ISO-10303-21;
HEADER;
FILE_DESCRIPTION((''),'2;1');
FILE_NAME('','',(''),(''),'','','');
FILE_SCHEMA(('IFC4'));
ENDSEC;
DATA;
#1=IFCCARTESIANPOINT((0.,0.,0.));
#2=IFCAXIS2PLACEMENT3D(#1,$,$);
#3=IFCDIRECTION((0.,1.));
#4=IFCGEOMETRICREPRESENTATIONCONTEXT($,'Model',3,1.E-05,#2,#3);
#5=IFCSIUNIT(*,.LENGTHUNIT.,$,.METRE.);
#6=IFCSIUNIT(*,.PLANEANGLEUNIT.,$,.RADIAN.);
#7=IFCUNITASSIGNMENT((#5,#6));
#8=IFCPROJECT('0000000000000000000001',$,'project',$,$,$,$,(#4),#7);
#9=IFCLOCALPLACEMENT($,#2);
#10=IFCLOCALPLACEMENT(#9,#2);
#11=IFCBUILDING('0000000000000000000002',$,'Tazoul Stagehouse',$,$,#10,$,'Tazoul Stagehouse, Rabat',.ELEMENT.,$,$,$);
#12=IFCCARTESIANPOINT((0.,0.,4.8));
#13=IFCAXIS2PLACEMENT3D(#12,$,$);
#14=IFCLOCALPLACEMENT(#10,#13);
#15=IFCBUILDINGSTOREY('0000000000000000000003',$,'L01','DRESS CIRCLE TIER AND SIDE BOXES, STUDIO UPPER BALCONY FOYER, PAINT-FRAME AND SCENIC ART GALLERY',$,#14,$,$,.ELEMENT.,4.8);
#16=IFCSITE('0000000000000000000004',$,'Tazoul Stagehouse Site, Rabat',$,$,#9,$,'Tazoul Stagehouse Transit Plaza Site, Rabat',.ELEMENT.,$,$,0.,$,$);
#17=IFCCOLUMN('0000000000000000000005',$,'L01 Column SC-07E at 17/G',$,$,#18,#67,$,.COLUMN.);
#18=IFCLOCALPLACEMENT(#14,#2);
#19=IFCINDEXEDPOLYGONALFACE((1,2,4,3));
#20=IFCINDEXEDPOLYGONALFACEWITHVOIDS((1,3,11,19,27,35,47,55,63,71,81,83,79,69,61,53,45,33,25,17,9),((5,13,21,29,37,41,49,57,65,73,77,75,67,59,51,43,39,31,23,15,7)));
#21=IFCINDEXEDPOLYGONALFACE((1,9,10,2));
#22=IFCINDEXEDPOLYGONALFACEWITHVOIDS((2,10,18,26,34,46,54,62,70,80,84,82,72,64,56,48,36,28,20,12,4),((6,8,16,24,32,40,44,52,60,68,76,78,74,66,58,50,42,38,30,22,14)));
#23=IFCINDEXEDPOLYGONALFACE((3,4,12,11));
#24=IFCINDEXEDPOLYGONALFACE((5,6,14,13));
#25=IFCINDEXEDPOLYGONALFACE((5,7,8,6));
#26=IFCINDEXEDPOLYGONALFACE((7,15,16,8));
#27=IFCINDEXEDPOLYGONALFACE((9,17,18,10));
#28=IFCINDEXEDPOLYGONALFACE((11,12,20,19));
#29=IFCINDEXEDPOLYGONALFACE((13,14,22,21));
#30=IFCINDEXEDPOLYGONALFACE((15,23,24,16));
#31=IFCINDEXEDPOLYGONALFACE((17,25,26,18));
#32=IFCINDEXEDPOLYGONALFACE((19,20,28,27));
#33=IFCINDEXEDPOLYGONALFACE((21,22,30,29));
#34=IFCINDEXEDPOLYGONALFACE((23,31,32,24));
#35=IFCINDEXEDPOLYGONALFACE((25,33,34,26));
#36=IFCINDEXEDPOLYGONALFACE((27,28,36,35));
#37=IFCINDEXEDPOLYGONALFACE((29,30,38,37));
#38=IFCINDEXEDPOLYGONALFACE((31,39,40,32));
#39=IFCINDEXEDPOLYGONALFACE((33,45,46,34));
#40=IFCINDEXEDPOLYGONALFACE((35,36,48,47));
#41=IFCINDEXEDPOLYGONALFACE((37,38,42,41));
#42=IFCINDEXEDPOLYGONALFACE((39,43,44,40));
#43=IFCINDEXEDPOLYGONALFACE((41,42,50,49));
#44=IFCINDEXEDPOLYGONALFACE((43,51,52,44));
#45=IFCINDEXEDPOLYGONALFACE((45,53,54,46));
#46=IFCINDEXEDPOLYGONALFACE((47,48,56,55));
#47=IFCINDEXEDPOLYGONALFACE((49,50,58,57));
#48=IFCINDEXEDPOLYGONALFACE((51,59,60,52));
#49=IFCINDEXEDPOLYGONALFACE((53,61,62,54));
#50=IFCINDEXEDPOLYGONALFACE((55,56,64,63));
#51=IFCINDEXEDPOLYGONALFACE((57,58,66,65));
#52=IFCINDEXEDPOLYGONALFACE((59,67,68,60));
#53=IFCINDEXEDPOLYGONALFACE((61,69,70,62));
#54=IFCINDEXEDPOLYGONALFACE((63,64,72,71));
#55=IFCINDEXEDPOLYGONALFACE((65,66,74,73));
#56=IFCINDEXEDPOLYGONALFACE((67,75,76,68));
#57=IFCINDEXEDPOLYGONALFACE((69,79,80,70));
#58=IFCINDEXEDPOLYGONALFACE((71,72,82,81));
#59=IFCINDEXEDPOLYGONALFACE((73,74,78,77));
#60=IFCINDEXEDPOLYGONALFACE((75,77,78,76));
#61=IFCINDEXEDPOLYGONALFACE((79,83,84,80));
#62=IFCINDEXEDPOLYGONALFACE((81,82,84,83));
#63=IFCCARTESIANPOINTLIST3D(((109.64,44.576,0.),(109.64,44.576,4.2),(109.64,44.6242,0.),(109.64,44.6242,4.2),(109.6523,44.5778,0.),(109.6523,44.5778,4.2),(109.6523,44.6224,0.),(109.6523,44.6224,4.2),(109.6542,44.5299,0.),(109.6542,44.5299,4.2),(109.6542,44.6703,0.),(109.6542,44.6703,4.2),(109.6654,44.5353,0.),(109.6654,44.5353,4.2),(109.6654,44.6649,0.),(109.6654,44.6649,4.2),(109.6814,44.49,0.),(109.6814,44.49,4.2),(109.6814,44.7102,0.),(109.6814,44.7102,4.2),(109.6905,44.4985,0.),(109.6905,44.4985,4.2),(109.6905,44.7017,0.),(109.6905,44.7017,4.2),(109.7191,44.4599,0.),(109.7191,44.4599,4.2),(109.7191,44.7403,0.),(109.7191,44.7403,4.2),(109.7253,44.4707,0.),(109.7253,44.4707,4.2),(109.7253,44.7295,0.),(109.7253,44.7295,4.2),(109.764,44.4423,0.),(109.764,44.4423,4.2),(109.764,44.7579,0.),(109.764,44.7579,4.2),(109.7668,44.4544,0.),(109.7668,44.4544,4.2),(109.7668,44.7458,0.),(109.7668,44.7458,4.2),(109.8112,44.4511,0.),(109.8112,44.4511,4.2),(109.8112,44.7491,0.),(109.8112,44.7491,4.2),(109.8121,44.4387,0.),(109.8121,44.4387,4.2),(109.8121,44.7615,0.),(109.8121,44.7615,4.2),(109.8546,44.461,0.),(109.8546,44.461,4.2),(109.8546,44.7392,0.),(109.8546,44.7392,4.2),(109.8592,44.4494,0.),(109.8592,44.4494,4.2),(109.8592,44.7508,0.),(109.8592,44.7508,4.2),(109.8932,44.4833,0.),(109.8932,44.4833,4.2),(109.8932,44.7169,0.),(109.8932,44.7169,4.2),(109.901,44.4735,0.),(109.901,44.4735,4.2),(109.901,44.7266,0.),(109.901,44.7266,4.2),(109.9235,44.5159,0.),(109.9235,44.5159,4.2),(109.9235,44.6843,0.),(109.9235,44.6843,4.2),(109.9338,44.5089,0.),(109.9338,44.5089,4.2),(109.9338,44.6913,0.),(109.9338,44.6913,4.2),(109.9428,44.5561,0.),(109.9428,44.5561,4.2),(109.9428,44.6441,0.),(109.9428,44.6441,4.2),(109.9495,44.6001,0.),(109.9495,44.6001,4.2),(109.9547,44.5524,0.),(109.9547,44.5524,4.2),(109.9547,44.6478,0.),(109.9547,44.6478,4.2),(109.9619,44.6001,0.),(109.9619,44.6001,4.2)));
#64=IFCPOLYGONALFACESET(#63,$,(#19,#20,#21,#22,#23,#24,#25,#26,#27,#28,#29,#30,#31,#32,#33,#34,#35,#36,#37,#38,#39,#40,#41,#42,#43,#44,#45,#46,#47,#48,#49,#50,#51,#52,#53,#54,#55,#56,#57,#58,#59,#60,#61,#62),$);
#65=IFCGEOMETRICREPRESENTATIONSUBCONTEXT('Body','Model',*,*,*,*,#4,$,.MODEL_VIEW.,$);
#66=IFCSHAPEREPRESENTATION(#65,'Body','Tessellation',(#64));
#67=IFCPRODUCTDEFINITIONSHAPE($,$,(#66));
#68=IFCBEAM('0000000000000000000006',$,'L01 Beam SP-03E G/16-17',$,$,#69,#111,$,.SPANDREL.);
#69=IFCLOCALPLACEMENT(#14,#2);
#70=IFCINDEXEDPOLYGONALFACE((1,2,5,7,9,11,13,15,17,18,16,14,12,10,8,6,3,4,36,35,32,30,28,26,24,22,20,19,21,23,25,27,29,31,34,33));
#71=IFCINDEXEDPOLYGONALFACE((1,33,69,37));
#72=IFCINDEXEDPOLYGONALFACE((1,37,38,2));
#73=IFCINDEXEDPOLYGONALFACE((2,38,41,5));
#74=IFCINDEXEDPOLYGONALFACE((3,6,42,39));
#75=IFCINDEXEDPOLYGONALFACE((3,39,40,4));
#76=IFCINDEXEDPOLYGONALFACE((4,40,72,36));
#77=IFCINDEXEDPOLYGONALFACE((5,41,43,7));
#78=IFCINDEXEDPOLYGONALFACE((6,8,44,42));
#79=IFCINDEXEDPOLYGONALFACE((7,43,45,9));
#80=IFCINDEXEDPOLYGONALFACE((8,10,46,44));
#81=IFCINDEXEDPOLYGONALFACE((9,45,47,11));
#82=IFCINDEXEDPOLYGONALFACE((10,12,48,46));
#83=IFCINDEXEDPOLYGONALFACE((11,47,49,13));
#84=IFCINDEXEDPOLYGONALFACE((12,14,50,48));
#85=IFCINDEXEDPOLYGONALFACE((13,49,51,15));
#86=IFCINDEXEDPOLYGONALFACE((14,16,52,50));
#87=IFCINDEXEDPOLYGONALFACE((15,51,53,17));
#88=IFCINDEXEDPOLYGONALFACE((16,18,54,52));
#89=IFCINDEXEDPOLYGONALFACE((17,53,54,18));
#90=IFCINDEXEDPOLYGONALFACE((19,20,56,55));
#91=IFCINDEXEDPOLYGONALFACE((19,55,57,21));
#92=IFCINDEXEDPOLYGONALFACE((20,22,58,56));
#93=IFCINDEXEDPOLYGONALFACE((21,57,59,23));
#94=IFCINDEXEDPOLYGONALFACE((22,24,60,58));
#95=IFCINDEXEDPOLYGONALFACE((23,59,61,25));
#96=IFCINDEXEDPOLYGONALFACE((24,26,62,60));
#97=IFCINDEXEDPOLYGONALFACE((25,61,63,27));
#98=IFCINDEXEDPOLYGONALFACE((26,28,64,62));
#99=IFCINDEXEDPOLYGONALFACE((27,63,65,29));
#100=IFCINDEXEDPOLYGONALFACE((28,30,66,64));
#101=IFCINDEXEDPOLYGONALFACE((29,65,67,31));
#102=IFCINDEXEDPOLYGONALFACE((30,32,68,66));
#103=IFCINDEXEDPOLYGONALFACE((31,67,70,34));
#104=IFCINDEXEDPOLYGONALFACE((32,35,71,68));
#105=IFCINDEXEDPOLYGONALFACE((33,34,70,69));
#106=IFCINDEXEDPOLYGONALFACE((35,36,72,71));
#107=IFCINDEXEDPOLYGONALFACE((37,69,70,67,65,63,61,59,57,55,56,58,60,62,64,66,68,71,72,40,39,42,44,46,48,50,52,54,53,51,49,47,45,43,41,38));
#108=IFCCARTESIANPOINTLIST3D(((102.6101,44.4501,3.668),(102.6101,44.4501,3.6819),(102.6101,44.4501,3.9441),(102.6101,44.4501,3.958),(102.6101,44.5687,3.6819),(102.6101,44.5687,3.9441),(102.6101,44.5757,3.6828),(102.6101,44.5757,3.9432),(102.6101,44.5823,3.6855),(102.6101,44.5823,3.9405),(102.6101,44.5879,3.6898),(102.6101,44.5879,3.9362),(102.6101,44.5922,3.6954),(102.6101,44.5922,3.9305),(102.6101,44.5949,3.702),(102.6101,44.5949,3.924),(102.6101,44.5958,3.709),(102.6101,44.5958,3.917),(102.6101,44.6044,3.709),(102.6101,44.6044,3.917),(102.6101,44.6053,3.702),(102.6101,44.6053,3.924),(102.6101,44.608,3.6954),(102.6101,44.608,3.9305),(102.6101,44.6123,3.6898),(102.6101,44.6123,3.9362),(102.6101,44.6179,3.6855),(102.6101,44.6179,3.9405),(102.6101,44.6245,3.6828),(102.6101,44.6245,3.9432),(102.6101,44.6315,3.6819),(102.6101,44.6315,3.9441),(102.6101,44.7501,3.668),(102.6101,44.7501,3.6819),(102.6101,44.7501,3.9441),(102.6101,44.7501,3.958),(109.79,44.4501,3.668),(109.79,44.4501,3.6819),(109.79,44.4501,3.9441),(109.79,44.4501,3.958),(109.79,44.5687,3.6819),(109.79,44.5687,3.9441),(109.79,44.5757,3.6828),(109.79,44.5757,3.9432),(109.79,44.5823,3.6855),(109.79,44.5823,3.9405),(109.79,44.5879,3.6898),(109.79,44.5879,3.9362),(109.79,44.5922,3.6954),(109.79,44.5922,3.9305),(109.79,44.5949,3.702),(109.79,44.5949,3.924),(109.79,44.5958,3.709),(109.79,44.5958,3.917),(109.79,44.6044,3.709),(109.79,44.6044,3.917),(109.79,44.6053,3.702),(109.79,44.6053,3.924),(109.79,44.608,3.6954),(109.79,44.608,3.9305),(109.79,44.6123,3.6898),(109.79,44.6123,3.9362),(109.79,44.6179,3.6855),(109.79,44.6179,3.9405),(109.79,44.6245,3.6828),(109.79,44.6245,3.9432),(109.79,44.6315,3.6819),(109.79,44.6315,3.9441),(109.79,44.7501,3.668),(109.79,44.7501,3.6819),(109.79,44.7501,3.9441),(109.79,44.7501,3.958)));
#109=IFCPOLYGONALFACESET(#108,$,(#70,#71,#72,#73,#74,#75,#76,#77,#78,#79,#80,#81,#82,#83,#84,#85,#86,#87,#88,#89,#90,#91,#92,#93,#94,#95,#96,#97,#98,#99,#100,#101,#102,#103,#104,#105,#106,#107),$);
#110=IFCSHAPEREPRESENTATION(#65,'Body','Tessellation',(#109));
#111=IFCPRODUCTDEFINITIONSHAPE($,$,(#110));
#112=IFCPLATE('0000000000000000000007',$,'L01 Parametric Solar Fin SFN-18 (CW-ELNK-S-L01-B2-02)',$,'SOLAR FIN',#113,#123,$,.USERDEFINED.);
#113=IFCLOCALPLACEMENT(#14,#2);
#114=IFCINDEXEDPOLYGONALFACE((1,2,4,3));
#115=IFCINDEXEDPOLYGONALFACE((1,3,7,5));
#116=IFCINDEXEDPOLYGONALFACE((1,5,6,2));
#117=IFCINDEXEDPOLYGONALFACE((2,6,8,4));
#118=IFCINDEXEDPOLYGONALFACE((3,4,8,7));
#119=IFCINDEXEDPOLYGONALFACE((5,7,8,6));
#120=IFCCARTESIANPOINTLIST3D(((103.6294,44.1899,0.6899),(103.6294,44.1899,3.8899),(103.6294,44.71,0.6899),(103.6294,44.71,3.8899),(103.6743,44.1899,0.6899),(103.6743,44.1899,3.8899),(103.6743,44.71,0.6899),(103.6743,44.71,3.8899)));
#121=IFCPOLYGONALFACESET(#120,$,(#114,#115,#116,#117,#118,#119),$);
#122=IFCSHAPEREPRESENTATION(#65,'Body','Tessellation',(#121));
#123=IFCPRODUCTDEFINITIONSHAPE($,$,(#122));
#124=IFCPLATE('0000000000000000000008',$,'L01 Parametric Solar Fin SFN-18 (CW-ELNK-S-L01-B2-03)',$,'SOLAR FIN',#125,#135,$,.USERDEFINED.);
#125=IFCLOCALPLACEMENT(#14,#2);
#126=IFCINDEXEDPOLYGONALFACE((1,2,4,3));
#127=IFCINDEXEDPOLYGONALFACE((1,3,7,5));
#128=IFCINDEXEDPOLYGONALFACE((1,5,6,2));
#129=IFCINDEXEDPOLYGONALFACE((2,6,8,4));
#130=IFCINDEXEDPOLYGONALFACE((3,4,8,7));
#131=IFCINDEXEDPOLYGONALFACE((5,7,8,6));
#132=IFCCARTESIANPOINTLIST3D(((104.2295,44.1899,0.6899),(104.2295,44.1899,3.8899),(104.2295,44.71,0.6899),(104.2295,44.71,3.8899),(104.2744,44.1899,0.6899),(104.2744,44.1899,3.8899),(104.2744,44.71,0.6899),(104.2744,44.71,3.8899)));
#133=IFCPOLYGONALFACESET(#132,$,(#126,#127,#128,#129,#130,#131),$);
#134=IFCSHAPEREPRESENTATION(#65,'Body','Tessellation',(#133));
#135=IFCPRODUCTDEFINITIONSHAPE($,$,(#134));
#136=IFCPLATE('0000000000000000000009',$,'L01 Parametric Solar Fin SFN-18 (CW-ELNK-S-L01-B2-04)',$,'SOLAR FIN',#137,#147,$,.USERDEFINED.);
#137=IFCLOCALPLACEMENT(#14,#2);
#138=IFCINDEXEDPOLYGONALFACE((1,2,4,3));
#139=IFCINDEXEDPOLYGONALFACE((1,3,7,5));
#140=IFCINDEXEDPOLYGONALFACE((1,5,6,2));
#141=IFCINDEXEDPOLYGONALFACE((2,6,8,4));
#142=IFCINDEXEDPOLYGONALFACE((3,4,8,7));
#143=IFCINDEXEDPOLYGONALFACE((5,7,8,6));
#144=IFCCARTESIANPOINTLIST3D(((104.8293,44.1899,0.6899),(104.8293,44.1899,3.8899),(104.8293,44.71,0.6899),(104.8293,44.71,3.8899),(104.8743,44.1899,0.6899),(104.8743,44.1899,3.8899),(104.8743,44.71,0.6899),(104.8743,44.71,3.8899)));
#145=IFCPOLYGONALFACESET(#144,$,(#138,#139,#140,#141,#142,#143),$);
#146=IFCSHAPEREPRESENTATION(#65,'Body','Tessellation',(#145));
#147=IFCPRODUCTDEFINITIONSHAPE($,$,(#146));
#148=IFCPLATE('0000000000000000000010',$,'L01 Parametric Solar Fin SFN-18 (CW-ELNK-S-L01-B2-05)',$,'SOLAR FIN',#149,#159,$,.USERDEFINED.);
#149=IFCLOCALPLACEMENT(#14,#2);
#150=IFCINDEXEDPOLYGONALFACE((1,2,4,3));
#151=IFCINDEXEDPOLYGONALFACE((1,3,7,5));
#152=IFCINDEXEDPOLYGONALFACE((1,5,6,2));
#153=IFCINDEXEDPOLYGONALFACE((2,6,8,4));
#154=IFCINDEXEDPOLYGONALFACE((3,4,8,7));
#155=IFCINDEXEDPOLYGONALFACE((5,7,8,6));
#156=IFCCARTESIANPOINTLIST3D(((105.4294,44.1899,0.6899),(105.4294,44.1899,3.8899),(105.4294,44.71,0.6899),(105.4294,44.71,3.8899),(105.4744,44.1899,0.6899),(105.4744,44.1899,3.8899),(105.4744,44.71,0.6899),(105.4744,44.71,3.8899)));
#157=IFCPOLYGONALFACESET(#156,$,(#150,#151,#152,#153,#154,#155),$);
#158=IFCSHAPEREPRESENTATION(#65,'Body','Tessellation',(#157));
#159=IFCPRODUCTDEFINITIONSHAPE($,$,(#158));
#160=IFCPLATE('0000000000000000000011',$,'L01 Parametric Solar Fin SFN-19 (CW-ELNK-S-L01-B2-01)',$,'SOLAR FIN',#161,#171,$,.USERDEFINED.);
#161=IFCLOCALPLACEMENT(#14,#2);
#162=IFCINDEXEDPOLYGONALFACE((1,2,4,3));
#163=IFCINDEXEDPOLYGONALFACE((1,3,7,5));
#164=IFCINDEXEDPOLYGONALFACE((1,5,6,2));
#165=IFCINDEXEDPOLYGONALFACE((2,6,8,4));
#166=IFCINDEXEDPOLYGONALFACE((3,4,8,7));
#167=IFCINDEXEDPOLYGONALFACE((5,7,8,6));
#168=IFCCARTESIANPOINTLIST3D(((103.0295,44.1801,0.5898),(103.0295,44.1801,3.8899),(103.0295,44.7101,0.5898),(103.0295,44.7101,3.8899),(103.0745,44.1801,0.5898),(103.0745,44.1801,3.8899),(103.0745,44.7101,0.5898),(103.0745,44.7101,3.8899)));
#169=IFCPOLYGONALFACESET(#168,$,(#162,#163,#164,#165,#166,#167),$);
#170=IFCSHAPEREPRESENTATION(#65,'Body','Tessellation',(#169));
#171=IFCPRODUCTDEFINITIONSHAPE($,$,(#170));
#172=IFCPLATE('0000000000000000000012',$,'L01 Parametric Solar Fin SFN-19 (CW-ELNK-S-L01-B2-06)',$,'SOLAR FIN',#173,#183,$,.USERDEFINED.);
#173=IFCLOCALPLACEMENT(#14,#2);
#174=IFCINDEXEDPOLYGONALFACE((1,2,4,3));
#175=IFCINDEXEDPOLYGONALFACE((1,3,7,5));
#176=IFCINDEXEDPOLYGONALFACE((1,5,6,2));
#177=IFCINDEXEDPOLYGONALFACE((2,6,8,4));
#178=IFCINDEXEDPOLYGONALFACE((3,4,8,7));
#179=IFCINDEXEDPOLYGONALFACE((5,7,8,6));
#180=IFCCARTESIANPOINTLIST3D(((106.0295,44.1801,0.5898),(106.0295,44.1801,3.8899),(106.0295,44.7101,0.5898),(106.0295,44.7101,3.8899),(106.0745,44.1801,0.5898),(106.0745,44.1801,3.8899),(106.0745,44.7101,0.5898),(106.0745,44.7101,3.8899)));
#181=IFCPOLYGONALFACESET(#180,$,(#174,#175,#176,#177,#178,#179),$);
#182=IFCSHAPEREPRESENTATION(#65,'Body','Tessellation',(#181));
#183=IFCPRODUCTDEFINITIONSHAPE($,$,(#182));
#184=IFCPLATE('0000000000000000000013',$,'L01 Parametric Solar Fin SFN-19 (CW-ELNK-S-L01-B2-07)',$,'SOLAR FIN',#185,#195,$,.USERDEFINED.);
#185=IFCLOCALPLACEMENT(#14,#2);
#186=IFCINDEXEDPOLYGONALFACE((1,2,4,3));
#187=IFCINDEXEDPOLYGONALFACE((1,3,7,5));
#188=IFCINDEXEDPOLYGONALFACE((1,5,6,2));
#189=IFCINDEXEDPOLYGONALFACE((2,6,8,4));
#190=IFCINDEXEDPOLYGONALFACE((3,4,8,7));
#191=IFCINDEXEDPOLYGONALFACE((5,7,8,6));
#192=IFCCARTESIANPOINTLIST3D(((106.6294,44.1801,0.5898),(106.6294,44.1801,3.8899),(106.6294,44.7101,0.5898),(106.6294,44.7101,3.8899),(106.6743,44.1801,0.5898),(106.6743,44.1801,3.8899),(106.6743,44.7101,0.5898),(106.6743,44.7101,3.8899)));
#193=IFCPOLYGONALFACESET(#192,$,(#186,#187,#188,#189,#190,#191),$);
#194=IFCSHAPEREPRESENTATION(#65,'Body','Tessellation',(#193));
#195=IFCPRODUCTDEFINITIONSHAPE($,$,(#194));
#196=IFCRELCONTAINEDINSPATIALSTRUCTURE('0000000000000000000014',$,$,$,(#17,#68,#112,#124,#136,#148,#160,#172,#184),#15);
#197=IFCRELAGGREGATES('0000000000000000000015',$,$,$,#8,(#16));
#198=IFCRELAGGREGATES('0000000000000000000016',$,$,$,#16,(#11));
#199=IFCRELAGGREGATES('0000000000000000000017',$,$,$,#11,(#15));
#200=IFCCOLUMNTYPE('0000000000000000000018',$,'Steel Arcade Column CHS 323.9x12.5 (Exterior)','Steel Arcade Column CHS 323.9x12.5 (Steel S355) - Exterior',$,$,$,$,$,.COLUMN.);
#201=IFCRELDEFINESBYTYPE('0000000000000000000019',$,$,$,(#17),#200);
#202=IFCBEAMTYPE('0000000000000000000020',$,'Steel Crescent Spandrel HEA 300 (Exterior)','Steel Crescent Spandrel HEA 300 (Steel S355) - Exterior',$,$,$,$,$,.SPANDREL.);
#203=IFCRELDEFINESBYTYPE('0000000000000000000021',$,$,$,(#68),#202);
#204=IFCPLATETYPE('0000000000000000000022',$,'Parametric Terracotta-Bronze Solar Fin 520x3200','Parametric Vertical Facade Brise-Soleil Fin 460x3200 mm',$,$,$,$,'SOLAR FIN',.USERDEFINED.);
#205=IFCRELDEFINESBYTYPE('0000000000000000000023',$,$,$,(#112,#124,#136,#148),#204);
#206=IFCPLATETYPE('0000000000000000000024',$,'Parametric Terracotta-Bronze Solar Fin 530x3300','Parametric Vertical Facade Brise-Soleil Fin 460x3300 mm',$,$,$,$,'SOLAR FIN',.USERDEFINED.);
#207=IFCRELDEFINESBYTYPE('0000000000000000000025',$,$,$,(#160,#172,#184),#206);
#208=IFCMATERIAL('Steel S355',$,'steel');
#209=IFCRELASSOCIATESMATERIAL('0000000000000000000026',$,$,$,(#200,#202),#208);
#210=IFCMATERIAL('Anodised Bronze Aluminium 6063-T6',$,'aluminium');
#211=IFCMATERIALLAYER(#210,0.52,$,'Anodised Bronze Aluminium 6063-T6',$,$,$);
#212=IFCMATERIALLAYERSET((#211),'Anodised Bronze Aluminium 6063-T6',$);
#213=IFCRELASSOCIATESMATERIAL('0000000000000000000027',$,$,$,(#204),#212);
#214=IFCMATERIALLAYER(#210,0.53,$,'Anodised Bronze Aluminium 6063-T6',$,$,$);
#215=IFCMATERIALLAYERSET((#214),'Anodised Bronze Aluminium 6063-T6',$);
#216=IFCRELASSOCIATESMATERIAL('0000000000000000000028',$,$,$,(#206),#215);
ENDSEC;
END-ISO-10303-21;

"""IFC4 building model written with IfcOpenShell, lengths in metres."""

from ifc_helpers import new_model, si_unit, direction, frame, origin, origin_2d, place, context, subcontext, project, spatial, rectangle, hollow_circle, i_section, extrude, material, layer, layer_set, material_profile, profile_set, type_object, element, save


model = new_model("IFC4")

# Units and contexts
model_context = context("Model", 3, precision=1e-05, world=origin(), true_north=direction((0.0, 1.0)))
body_context = subcontext(model_context, "Body", "Model", "MODEL_VIEW")
ifc_project = project(units=[si_unit("LENGTHUNIT", "METRE"), si_unit("PLANEANGLEUNIT", "RADIAN")], contexts=[model_context])

# Site, building, storey
site_placement = place(None, origin())
site = spatial("IfcSite", under=ifc_project, at=site_placement, Name="Tazoul Stagehouse Site, Rabat", LongName="Tazoul Stagehouse Transit Plaza Site, Rabat", CompositionType="ELEMENT", RefElevation=0.0)
building_placement = place(site_placement, origin())
building = spatial("IfcBuilding", under=site, at=building_placement, Name="Tazoul Stagehouse", LongName="Tazoul Stagehouse, Rabat", CompositionType="ELEMENT")
storey_placement = place(building_placement, frame((0.0, 0.0, 4.8)))
storey = spatial("IfcBuildingStorey", under=building, at=storey_placement, Name="L01", Description="DRESS CIRCLE TIER AND SIDE BOXES, STUDIO UPPER BALCONY FOYER, PAINT-FRAME AND SCENIC ART GALLERY", CompositionType="ELEMENT", Elevation=4.8)

# Column
ifc_material_1 = material(Name="Steel S355", Category="steel")
ifc_material_profile_1 = material_profile(ifc_material_1, hollow_circle(Radius=0.1619, WallThickness=0.0125, at=origin_2d()), Name="CHS 323.9x12.5")
ifc_profile_set_1 = profile_set([ifc_material_profile_1], Name="Steel S355")
column_type = type_object("IfcColumnType", Name="Steel Arcade Column CHS 323.9x12.5 (Exterior)", Description="Steel Arcade Column CHS 323.9x12.5 (Steel S355) - Exterior", PredefinedType="COLUMN", material=ifc_profile_set_1)
column_placement = place(storey_placement, frame((109.8, 44.6001, 0.0), z_axis=(0.0, 0.0, 1.0), x_axis=(1.0, 0.0, 0.0)))
element("IfcColumn", 1, at=column_placement, inside=storey, type_object=column_type, Name="L01 Column SC-07E at 17/G", PredefinedType="COLUMN", context=body_context, shape_type="SweptSolid", body=[
    extrude(hollow_circle(Radius=0.1619, WallThickness=0.0125, at=origin_2d()), origin(), (0.0, 0.0, 1.0), 4.2),
])

# Beam
ifc_material_profile_2 = material_profile(ifc_material_1, i_section(OverallWidth=0.3, OverallDepth=0.29, WebThickness=0.0085, FlangeThickness=0.0139, FilletRadius=0.0271, at=origin_2d()), Name="HEA 300")
ifc_profile_set_2 = profile_set([ifc_material_profile_2], Name="Steel S355")
beam_type = type_object("IfcBeamType", Name="Steel Crescent Spandrel HEA 300 (Exterior)", Description="Steel Crescent Spandrel HEA 300 (Steel S355) - Exterior", PredefinedType="SPANDREL", material=ifc_profile_set_2)
beam_placement = place(storey_placement, frame((102.6101, 44.6001, 3.813), z_axis=(1.0, 0.0, 0.0), x_axis=(0.0, 1.0, 0.0)))
element("IfcBeam", 2, at=beam_placement, inside=storey, type_object=beam_type, Name="L01 Beam SP-03E G/16-17", PredefinedType="SPANDREL", context=body_context, shape_type="SweptSolid", body=[
    extrude(i_section(OverallWidth=0.3, OverallDepth=0.29, WebThickness=0.0085, FlangeThickness=0.0139, FilletRadius=0.0271, at=origin_2d()), origin(), (0.0, 0.0, 1.0), 7.1799),
])

# Plates
ifc_material_2 = material(Name="Anodised Bronze Aluminium 6063-T6", Category="aluminium")
ifc_layer_1 = layer(ifc_material_2, 0.52, Name="Anodised Bronze Aluminium 6063-T6")
ifc_layer_set_1 = layer_set([ifc_layer_1], Name="Anodised Bronze Aluminium 6063-T6")
plate_type_1 = type_object("IfcPlateType", Name="Parametric Terracotta-Bronze Solar Fin 520x3200", Description="Parametric Vertical Facade Brise-Soleil Fin 460x3200 mm", ElementType="SOLAR FIN", PredefinedType="USERDEFINED", material=ifc_layer_set_1)
for number, where, z_axis, x_axis, name in (
    (3, (103.6519, 44.45, 0.6899), (0.0, 0.0, 1.0), (1.0, 0.0, 0.0), "L01 Parametric Solar Fin SFN-18 (CW-ELNK-S-L01-B2-02)"),
    (4, (104.252, 44.45, 0.6899), (0.0, 0.0, 1.0), (1.0, 0.0, 0.0), "L01 Parametric Solar Fin SFN-18 (CW-ELNK-S-L01-B2-03)"),
    (5, (104.8518, 44.45, 0.6899), (0.0, 0.0, 1.0), (1.0, 0.0, 0.0), "L01 Parametric Solar Fin SFN-18 (CW-ELNK-S-L01-B2-04)"),
    (6, (105.4519, 44.45, 0.6899), (0.0, 0.0, 1.0), (1.0, 0.0, 0.0), "L01 Parametric Solar Fin SFN-18 (CW-ELNK-S-L01-B2-05)"),
):
    element("IfcPlate", number, at=place(storey_placement, frame(where, z_axis=z_axis, x_axis=x_axis)), inside=storey, type_object=plate_type_1, Name=name, ObjectType="SOLAR FIN", PredefinedType="USERDEFINED", context=body_context, shape_type="SweptSolid", body=[
        extrude(rectangle(XDim=0.0449, YDim=0.52, at=origin_2d()), origin(), (0.0, 0.0, 1.0), 3.2),
    ])
ifc_layer_2 = layer(ifc_material_2, 0.53, Name="Anodised Bronze Aluminium 6063-T6")
ifc_layer_set_2 = layer_set([ifc_layer_2], Name="Anodised Bronze Aluminium 6063-T6")
plate_type_2 = type_object("IfcPlateType", Name="Parametric Terracotta-Bronze Solar Fin 530x3300", Description="Parametric Vertical Facade Brise-Soleil Fin 460x3300 mm", ElementType="SOLAR FIN", PredefinedType="USERDEFINED", material=ifc_layer_set_2)
for number, where, z_axis, x_axis, name in (
    (7, (103.052, 44.4451, 0.5898), (0.0, 0.0, 1.0), (1.0, 0.0, 0.0), "L01 Parametric Solar Fin SFN-19 (CW-ELNK-S-L01-B2-01)"),
    (8, (106.052, 44.4451, 0.5898), (0.0, 0.0, 1.0), (1.0, 0.0, 0.0), "L01 Parametric Solar Fin SFN-19 (CW-ELNK-S-L01-B2-06)"),
    (9, (106.6519, 44.4451, 0.5898), (0.0, 0.0, 1.0), (1.0, 0.0, 0.0), "L01 Parametric Solar Fin SFN-19 (CW-ELNK-S-L01-B2-07)"),
):
    element("IfcPlate", number, at=place(storey_placement, frame(where, z_axis=z_axis, x_axis=x_axis)), inside=storey, type_object=plate_type_2, Name=name, ObjectType="SOLAR FIN", PredefinedType="USERDEFINED", context=body_context, shape_type="SweptSolid", body=[
        extrude(rectangle(XDim=0.0449, YDim=0.53, at=origin_2d()), origin(), (0.0, 0.0, 1.0), 3.3),
    ])

save(model, "model.ifc")
